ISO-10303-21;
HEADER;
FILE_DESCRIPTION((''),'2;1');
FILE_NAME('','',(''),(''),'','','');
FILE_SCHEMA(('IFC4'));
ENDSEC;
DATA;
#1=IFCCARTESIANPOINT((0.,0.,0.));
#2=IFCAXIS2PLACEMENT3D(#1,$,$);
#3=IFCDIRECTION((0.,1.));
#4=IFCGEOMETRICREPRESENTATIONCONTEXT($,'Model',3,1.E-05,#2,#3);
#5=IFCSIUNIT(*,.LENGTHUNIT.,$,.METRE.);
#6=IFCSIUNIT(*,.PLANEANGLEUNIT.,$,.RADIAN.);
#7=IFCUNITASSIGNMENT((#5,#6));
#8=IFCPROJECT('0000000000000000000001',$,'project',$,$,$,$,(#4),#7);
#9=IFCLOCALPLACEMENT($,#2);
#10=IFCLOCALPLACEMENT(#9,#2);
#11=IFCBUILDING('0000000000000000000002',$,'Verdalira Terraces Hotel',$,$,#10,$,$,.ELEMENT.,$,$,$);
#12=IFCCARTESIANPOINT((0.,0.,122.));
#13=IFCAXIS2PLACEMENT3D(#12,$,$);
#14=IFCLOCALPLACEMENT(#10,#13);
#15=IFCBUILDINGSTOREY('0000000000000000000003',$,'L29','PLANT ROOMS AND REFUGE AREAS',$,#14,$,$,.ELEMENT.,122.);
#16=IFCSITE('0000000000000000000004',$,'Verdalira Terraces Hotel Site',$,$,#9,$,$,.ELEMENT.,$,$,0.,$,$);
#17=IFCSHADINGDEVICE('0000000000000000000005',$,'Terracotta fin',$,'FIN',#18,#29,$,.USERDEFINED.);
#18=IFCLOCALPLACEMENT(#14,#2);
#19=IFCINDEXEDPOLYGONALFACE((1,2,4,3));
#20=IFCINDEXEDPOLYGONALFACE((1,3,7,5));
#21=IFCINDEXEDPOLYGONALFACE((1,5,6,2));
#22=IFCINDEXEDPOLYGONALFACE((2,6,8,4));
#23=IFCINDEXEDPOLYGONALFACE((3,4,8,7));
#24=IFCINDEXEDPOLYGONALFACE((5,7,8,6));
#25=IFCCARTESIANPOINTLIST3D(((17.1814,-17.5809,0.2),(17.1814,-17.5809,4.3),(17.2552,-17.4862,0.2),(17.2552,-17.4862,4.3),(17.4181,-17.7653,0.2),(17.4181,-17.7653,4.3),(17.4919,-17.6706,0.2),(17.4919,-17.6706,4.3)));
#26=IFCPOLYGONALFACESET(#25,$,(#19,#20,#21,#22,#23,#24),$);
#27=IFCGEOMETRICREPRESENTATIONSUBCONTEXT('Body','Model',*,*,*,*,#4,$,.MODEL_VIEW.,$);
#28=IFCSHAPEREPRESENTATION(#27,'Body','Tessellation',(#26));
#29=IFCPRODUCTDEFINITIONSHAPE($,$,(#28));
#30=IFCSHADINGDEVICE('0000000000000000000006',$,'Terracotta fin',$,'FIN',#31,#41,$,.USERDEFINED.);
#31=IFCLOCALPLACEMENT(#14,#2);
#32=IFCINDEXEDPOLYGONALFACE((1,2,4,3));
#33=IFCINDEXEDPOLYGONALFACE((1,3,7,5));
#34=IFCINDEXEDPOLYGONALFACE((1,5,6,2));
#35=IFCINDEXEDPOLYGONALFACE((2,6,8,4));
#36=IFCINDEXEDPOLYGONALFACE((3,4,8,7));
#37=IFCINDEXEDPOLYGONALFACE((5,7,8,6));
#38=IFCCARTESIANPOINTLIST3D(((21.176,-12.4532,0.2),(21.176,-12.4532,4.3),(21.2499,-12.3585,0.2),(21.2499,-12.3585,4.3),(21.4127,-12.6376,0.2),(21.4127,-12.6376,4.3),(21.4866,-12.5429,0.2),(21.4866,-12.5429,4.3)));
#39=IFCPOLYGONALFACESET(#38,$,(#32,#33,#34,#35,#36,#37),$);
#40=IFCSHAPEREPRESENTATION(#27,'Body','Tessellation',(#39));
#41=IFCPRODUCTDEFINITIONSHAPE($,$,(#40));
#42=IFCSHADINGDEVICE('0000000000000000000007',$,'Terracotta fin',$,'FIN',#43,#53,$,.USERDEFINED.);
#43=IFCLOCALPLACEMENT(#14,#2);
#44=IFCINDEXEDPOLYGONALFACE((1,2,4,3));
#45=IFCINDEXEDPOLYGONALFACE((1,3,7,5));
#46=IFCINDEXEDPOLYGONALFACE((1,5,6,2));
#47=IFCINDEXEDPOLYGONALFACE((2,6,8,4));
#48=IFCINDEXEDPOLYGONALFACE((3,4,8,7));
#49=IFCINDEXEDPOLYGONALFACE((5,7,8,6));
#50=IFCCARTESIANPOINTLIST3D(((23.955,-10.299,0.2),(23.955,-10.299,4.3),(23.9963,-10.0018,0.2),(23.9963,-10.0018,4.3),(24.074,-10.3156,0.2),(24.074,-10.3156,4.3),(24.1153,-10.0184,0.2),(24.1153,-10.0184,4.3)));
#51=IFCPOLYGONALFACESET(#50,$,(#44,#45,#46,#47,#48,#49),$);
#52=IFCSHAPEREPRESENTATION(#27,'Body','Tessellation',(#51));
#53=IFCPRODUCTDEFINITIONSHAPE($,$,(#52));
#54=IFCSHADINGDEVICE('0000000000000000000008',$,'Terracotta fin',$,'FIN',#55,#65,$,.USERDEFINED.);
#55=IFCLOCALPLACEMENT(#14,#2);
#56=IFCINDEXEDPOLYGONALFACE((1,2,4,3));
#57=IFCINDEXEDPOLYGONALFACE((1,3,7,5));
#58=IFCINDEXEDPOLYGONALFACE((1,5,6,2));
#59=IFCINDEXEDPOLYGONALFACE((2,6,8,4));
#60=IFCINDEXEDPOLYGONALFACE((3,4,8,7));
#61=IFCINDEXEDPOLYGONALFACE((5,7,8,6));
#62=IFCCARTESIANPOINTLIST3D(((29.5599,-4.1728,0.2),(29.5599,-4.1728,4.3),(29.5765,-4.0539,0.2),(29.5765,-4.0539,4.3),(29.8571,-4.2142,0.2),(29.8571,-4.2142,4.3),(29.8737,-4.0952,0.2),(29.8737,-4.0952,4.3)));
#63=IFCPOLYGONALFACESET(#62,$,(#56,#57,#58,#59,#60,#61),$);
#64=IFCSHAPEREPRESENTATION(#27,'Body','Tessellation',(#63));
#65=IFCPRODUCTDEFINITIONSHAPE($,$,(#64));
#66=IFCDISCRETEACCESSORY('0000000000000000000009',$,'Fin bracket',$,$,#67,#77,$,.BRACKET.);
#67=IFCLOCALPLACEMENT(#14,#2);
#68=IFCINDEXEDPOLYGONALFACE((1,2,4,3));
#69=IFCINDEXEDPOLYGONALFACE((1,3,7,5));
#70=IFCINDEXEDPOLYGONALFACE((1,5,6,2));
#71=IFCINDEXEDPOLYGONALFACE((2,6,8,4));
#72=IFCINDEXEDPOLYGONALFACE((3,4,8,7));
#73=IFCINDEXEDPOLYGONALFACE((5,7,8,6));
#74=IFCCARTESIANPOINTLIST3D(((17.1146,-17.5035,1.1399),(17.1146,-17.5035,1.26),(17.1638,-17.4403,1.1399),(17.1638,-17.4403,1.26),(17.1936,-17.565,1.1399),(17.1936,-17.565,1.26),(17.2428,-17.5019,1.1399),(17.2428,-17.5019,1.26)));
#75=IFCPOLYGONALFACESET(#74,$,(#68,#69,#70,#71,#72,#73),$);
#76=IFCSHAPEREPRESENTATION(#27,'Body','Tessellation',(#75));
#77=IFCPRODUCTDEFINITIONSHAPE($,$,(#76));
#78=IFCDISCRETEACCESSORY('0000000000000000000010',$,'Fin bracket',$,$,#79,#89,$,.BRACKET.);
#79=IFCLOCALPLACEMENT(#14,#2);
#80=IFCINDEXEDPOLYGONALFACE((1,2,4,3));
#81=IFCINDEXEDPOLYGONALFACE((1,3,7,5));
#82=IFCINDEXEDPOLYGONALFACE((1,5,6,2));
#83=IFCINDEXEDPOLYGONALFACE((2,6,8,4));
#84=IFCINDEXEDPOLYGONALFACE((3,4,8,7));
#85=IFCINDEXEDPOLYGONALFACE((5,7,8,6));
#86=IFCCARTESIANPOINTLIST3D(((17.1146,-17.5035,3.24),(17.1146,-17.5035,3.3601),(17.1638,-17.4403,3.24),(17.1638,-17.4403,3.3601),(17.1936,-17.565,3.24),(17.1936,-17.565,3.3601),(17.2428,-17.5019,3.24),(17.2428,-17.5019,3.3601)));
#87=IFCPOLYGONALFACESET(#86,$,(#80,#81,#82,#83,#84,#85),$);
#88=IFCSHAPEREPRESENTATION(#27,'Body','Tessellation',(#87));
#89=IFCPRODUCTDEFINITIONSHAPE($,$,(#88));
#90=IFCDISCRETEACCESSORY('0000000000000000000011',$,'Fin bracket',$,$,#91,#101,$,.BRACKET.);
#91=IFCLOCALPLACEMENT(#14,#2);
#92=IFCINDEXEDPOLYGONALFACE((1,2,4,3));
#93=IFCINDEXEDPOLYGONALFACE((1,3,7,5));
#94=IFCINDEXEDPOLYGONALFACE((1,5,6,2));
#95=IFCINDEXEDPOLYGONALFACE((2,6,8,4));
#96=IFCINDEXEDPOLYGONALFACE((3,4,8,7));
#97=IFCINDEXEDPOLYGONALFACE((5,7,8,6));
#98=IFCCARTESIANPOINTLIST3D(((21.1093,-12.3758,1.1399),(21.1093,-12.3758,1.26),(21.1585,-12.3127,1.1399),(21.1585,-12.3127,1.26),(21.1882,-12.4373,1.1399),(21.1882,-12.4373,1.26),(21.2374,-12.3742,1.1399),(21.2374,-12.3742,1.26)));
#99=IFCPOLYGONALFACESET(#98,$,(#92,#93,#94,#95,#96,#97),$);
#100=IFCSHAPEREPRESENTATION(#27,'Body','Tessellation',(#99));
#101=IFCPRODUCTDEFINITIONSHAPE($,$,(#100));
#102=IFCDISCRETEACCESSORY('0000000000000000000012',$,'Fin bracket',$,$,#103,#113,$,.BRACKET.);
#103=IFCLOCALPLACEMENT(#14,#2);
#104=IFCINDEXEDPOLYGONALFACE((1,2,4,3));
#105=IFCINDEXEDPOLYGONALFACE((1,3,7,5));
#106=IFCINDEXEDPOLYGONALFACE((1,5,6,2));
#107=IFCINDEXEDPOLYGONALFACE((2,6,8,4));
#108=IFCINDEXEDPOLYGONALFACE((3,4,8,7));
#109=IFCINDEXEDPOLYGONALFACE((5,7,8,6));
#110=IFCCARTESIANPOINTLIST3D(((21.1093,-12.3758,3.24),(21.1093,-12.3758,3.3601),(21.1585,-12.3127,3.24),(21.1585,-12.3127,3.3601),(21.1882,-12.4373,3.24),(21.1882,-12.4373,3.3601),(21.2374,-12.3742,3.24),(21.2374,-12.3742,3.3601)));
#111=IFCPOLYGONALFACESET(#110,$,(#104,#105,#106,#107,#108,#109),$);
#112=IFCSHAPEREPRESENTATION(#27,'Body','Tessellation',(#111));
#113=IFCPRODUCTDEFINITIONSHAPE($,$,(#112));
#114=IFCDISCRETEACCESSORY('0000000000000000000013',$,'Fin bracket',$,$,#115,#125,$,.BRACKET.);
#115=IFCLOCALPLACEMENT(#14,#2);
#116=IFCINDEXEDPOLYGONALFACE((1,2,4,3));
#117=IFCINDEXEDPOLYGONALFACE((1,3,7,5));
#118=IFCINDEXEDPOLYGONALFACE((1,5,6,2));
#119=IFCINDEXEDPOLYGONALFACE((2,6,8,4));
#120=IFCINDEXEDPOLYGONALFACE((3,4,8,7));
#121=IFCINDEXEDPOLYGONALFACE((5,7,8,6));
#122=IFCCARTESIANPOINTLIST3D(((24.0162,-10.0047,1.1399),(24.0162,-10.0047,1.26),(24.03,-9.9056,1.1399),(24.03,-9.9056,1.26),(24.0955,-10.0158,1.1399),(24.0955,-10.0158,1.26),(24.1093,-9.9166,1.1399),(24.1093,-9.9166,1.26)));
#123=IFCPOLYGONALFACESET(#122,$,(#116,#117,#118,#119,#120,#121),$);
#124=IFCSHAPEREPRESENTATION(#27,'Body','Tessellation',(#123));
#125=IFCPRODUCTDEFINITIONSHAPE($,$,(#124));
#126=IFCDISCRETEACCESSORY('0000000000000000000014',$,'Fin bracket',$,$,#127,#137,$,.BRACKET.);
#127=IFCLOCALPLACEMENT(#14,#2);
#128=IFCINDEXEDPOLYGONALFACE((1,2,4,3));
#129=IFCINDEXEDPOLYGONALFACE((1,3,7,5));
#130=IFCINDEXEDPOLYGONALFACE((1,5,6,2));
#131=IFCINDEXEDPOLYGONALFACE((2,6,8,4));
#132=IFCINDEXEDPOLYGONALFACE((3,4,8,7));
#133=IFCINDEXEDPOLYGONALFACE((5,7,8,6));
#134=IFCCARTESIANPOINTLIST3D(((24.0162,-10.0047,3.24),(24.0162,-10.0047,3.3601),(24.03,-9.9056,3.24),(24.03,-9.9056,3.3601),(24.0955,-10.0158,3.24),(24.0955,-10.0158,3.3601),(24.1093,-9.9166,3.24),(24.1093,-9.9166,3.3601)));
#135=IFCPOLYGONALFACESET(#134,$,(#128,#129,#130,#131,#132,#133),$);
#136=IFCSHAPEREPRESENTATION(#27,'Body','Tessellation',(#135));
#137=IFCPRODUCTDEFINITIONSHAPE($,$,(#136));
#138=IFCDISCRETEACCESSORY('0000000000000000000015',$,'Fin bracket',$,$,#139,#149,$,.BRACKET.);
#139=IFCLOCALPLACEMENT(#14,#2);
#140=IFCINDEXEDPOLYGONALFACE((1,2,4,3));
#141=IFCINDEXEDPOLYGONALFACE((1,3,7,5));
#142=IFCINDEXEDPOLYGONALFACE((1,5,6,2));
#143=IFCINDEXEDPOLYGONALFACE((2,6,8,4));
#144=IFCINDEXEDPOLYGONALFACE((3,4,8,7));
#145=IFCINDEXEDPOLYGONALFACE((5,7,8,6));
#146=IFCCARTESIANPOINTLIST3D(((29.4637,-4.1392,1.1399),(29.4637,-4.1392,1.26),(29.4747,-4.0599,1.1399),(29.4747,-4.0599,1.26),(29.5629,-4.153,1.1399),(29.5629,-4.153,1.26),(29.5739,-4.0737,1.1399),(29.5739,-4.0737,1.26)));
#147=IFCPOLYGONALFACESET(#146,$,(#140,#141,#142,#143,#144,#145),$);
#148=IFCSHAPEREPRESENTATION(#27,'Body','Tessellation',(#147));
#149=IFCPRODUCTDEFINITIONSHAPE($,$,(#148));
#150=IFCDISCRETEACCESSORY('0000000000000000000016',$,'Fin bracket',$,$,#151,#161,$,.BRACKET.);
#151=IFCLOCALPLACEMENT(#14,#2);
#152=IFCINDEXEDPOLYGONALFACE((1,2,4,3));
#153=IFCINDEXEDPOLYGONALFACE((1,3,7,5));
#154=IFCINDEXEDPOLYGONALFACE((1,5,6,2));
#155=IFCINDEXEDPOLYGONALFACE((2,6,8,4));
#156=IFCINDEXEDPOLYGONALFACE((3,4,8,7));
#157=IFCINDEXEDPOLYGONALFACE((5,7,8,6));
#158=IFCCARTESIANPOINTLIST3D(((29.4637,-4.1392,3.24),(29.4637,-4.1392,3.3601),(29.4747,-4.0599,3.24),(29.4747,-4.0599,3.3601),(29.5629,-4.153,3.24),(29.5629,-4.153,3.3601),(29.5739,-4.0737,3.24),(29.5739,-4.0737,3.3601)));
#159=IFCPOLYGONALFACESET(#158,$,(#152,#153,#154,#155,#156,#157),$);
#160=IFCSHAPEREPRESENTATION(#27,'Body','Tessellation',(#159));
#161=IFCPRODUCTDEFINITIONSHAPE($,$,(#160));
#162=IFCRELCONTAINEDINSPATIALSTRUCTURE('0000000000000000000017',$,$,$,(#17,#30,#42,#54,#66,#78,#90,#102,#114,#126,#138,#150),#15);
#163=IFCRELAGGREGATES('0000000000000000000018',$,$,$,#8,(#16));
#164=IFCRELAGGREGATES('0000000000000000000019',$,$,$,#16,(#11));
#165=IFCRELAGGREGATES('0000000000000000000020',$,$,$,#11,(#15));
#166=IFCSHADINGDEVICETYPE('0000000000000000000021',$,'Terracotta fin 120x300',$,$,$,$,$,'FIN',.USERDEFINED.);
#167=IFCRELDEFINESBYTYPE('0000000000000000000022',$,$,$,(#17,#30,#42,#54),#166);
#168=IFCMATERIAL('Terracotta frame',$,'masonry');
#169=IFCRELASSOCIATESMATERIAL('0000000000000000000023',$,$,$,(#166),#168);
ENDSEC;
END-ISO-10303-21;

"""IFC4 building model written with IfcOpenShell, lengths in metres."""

from ifc_helpers import new_model, si_unit, direction, frame, origin, origin_2d, place, context, subcontext, project, spatial, rectangle, extrude, material, material_profile, profile_set, type_object, element, save


model = new_model("IFC4")

# Units and contexts
model_context = context("Model", 3, precision=1e-05, world=origin(), true_north=direction((0.0, 1.0)))
body_context = subcontext(model_context, "Body", "Model", "MODEL_VIEW")
ifc_project = project(units=[si_unit("LENGTHUNIT", "METRE"), si_unit("PLANEANGLEUNIT", "RADIAN")], contexts=[model_context])

# Site, building, storey
site_placement = place(None, origin())
site = spatial("IfcSite", under=ifc_project, at=site_placement, Name="Verdalira Terraces Hotel Site", CompositionType="ELEMENT", RefElevation=0.0)
building_placement = place(site_placement, origin())
building = spatial("IfcBuilding", under=site, at=building_placement, Name="Verdalira Terraces Hotel", CompositionType="ELEMENT")
storey_placement = place(building_placement, frame((0.0, 0.0, 122.0)))
storey = spatial("IfcBuildingStorey", under=building, at=storey_placement, Name="L29", Description="PLANT ROOMS AND REFUGE AREAS", CompositionType="ELEMENT", Elevation=122.0)

# Shading devices
ifc_material_1 = material(Name="Terracotta frame", Category="masonry")
ifc_material_profile_1 = material_profile(ifc_material_1, rectangle(XDim=0.1201, YDim=0.3, at=origin_2d()), Name="FIN 120x300")
ifc_profile_set_1 = profile_set([ifc_material_profile_1], Name="Terracotta frame")
shading_device_type = type_object("IfcShadingDeviceType", Name="Terracotta fin 120x300", ElementType="FIN", PredefinedType="USERDEFINED", material=ifc_profile_set_1)
for number, where, z_axis, x_axis, name in (
    (1, (17.3367, -17.6257, 0.2), (0.0, 0.0, 1.0), (0.614561, 0.78887, 0.0), "Terracotta fin"),
    (2, (21.3313, -12.498, 0.2), (0.0, 0.0, 1.0), (0.614561, 0.78887, 0.0), "Terracotta fin"),
    (3, (24.0352, -10.1587, 0.2), (0.0, 0.0, 1.0), (0.990461, -0.13779, 0.0), "Terracotta fin"),
    (4, (29.7168, -4.134, 0.2), (0.0, 0.0, 1.0), (0.13779, 0.990461, 0.0), "Terracotta fin"),
):
    element("IfcShadingDevice", number, at=place(storey_placement, frame(where, z_axis=z_axis, x_axis=x_axis)), inside=storey, type_object=shading_device_type, Name=name, ObjectType="FIN", PredefinedType="USERDEFINED", context=body_context, shape_type="SweptSolid", body=[
        extrude(rectangle(XDim=0.1201, YDim=0.3, at=origin_2d()), origin(), (0.0, 0.0, 1.0), 4.1001),
    ])

# Discrete accessories
for number, where, z_axis, x_axis, name in (
    (5, (17.1787, -17.5027, 1.1399), (0.0, 0.0, 1.0), (0.614561, 0.78887, 0.0), "Fin bracket"),
    (6, (17.1787, -17.5027, 3.24), (0.0, 0.0, 1.0), (0.614561, 0.78887, 0.0), "Fin bracket"),
    (7, (21.1733, -12.375, 1.1399), (0.0, 0.0, 1.0), (0.614561, 0.78887, 0.0), "Fin bracket"),
    (8, (21.1733, -12.375, 3.24), (0.0, 0.0, 1.0), (0.614561, 0.78887, 0.0), "Fin bracket"),
    (9, (24.0627, -9.9607, 1.1399), (0.0, 0.0, 1.0), (0.990461, -0.13779, 0.0), "Fin bracket"),
    (10, (24.0627, -9.9607, 3.24), (0.0, 0.0, 1.0), (0.990461, -0.13779, 0.0), "Fin bracket"),
    (11, (29.5188, -4.1064, 1.1399), (0.0, 0.0, 1.0), (0.13779, 0.990461, 0.0), "Fin bracket"),
    (12, (29.5188, -4.1064, 3.24), (0.0, 0.0, 1.0), (0.13779, 0.990461, 0.0), "Fin bracket"),
):
    element("IfcDiscreteAccessory", number, at=place(storey_placement, frame(where, z_axis=z_axis, x_axis=x_axis)), inside=storey, Name=name, PredefinedType="BRACKET", context=body_context, shape_type="SweptSolid", body=[
        extrude(rectangle(XDim=0.0801, YDim=0.1001, at=origin_2d()), origin(), (0.0, 0.0, 1.0), 0.1201),
    ])

save(model, "model.ifc")
